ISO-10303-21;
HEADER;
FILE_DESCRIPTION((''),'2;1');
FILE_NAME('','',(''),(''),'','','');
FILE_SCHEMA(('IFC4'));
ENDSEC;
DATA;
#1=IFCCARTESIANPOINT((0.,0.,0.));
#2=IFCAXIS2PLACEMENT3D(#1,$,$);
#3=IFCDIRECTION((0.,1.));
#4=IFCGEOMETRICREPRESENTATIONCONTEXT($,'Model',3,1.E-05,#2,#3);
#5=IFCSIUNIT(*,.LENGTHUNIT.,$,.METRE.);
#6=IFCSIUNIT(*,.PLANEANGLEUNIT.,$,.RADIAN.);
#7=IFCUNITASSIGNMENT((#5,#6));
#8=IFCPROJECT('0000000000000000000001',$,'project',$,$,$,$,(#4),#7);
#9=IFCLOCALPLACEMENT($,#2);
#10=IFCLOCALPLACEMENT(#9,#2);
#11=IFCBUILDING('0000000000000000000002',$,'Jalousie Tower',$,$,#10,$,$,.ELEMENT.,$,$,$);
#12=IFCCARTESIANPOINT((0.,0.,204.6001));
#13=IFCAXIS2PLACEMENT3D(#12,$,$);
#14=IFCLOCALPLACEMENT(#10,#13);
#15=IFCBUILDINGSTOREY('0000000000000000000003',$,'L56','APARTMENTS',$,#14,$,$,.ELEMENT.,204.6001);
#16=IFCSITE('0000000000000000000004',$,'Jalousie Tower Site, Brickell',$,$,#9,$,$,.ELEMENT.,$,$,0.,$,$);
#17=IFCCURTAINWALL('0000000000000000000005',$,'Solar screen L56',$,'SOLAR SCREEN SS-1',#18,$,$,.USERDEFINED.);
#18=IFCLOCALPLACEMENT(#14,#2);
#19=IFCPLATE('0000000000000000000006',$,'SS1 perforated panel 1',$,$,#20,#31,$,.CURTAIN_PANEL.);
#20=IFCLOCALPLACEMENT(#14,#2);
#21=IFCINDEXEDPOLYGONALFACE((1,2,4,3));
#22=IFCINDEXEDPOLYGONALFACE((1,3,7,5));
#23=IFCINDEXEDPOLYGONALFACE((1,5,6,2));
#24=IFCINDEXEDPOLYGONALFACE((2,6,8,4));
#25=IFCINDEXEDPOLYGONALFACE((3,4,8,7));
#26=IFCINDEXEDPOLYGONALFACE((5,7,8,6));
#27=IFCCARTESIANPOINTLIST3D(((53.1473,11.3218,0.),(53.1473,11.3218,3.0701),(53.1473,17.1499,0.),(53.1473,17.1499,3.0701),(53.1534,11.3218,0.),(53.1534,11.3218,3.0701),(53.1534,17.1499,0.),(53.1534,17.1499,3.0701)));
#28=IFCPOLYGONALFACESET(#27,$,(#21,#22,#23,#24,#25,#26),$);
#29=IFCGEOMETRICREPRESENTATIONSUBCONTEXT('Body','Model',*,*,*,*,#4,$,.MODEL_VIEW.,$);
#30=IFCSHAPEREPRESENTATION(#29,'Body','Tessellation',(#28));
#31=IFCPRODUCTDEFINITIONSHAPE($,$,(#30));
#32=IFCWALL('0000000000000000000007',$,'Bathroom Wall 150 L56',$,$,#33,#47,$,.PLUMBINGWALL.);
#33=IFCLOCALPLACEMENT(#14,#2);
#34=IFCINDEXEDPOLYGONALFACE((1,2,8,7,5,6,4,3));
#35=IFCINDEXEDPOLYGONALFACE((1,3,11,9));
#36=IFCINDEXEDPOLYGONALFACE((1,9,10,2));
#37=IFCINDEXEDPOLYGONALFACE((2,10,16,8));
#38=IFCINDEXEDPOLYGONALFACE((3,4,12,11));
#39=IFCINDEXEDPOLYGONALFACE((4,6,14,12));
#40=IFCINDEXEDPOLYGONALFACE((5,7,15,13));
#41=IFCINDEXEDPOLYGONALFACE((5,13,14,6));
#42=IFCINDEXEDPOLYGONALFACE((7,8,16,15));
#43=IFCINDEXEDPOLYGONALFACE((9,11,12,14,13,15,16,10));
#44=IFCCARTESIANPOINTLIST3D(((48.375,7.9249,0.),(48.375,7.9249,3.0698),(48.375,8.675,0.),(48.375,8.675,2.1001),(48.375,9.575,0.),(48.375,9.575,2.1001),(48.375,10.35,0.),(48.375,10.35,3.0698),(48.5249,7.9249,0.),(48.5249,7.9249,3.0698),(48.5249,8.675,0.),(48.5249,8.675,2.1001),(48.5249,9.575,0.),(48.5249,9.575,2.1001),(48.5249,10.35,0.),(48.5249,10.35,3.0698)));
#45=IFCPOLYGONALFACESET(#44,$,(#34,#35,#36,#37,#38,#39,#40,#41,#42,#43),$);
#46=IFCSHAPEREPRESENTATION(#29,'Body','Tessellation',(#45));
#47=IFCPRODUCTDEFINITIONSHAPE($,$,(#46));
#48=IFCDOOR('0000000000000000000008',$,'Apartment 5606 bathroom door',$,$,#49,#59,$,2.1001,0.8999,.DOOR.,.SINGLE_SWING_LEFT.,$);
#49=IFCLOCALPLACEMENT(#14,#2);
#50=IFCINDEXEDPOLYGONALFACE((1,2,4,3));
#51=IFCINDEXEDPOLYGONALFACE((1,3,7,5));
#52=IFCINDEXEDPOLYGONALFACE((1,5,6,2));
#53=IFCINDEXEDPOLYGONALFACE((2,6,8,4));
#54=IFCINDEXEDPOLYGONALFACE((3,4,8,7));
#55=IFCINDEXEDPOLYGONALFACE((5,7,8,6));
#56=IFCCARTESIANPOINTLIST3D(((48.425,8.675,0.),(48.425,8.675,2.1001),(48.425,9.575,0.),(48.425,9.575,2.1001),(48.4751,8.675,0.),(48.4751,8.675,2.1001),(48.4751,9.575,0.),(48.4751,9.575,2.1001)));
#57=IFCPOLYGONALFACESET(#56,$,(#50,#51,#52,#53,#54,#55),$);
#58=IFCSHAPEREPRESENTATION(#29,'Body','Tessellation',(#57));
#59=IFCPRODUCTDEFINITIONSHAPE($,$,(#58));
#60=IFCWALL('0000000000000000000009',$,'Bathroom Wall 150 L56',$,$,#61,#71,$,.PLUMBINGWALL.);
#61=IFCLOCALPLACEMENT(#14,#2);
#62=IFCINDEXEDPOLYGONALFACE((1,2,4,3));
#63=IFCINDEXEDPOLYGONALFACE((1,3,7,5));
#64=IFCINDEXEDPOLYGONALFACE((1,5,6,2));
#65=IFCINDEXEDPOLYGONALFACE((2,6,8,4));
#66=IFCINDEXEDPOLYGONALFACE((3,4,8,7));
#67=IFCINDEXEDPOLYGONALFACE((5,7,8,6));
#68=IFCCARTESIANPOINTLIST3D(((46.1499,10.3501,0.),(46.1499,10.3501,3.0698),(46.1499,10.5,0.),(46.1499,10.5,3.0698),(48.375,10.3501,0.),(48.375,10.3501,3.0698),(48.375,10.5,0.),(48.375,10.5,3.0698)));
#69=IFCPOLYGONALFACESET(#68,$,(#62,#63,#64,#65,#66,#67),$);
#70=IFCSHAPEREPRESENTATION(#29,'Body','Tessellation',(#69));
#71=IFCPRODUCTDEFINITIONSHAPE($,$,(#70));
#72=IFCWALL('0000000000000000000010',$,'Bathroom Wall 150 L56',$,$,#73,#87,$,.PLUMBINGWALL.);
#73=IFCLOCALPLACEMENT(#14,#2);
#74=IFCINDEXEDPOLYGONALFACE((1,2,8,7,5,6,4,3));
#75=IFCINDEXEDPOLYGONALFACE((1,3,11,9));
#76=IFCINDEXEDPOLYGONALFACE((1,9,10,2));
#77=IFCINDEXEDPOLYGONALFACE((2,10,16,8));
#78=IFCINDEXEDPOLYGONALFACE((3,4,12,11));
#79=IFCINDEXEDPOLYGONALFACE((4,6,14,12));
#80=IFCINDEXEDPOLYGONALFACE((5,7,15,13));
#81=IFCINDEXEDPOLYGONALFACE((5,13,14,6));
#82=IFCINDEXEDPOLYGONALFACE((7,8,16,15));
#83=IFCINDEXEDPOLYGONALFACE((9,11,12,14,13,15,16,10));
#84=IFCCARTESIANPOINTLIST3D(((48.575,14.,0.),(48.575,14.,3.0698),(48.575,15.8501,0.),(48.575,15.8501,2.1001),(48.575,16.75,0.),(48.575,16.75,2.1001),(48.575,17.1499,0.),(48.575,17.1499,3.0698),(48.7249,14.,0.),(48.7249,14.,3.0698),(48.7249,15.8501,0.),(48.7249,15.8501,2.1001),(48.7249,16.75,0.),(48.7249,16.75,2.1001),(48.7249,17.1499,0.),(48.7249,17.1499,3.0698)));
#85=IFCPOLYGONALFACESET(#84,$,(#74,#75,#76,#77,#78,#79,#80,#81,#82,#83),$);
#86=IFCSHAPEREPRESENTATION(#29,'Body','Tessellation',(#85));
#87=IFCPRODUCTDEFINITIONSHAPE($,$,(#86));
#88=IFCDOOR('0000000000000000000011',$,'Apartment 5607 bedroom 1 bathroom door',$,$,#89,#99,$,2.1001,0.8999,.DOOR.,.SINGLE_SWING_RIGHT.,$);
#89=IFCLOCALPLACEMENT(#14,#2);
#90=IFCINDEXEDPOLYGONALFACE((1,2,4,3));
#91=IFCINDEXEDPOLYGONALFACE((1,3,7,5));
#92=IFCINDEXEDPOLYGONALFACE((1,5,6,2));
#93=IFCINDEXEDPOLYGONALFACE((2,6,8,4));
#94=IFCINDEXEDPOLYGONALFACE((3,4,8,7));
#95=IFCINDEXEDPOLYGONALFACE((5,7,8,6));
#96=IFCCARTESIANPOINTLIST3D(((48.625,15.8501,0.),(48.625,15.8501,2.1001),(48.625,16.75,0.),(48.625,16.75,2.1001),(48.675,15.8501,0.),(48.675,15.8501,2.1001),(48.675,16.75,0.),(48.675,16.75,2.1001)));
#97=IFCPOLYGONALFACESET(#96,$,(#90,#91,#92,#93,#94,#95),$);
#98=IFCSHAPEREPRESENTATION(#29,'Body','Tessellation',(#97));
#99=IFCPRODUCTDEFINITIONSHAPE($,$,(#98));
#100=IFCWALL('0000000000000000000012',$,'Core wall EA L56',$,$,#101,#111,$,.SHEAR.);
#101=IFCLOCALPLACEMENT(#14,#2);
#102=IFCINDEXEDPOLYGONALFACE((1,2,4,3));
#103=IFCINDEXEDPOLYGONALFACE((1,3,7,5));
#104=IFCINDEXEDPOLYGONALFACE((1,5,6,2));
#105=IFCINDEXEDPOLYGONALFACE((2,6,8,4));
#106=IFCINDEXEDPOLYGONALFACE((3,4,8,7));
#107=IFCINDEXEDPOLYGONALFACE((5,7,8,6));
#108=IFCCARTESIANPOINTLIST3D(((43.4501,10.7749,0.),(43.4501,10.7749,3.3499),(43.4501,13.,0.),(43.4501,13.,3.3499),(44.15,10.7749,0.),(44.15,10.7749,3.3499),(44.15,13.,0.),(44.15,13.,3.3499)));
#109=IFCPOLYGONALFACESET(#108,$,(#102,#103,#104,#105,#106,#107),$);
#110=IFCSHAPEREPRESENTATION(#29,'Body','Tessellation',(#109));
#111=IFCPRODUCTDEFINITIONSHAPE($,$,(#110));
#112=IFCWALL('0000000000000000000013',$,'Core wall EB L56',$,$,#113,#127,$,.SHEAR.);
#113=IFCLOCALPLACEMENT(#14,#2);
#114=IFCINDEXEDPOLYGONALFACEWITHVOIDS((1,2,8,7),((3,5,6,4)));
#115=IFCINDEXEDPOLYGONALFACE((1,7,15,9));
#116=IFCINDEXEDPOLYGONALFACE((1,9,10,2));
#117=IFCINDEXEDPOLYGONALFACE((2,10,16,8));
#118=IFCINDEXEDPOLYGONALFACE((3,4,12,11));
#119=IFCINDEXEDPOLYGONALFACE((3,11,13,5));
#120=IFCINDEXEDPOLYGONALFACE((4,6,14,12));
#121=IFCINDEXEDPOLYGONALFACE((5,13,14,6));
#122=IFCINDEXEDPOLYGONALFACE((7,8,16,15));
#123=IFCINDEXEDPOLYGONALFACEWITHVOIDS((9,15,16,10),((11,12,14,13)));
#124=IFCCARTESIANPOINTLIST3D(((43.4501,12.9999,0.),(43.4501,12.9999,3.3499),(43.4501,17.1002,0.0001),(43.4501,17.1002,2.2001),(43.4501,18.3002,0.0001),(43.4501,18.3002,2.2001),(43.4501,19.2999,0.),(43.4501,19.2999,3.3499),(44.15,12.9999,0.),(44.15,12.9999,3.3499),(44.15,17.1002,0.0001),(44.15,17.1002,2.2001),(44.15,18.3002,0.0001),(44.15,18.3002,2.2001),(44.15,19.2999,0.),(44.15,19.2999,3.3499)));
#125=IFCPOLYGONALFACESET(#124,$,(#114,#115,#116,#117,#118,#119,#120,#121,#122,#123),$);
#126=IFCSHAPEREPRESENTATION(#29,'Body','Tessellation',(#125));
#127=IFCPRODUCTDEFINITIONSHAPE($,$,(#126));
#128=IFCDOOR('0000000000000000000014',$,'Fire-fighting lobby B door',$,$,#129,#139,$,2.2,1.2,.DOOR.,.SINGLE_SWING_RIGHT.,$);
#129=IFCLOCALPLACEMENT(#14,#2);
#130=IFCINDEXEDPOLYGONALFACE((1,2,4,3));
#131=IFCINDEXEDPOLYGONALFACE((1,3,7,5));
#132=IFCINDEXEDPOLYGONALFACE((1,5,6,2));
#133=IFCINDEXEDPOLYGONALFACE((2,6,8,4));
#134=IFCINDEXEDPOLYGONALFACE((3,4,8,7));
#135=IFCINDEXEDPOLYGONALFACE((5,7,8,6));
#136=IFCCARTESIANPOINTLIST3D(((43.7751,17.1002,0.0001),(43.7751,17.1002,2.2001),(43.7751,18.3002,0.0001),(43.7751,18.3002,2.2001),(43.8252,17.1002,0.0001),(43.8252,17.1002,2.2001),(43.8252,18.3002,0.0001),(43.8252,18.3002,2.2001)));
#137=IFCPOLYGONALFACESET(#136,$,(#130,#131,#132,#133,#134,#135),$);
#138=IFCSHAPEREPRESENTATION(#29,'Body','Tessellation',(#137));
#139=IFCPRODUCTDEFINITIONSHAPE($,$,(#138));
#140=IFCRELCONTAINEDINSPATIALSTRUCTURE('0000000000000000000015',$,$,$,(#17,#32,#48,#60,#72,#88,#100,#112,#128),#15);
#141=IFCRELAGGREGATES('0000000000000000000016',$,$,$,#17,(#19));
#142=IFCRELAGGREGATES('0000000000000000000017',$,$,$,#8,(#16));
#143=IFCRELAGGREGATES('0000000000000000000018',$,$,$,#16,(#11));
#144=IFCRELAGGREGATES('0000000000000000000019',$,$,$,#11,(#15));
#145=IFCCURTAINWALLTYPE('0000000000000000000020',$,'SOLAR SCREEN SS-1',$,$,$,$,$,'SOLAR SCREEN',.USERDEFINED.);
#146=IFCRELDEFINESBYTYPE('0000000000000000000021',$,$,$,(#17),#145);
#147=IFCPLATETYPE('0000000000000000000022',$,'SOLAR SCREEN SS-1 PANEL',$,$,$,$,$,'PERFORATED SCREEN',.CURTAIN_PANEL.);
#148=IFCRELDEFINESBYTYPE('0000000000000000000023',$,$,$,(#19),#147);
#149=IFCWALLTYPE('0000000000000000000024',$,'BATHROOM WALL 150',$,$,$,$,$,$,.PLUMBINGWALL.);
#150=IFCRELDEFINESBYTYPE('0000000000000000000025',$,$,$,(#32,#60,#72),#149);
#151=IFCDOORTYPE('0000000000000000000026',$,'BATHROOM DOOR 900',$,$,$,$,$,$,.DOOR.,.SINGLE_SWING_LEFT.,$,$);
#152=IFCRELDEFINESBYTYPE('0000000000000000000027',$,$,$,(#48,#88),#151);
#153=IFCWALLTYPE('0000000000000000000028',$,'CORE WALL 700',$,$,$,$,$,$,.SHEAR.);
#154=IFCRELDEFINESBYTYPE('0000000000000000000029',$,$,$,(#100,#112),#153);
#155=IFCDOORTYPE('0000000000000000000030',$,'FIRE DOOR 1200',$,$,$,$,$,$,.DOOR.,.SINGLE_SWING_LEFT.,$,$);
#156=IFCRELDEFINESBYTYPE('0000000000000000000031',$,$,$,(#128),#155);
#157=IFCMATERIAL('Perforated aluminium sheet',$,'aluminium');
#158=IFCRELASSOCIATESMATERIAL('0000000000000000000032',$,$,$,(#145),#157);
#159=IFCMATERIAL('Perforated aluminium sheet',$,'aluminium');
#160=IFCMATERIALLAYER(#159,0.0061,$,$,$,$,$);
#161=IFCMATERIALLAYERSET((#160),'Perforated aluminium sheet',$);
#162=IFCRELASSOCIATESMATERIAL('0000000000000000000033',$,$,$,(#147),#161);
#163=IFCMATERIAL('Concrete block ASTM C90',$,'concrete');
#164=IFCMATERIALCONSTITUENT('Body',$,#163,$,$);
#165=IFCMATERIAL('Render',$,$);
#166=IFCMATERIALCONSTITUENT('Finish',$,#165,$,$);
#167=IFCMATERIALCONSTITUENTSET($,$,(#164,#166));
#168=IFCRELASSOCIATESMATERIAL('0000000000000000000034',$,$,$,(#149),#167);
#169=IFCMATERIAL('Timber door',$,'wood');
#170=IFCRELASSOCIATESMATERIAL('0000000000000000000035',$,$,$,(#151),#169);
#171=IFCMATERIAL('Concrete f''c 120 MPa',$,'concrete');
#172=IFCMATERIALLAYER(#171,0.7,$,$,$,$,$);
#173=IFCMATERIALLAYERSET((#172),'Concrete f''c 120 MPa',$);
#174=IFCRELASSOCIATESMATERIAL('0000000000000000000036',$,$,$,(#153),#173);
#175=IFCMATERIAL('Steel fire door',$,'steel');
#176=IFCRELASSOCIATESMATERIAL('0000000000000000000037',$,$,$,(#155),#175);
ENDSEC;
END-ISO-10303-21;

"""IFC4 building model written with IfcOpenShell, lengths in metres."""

from ifc_helpers import new_model, si_unit, direction, frame, frame_2d, origin, origin_2d, place, context, subcontext, project, spatial, rectangle, extrude, material, layer, layer_set, constituent, constituent_set, type_object, element, fill, aggregate, save


model = new_model("IFC4")

# Units and contexts
model_context = context("Model", 3, precision=1e-05, world=origin(), true_north=direction((0.0, 1.0)))
body_context = subcontext(model_context, "Body", "Model", "MODEL_VIEW")
ifc_project = project(units=[si_unit("LENGTHUNIT", "METRE"), si_unit("PLANEANGLEUNIT", "RADIAN")], contexts=[model_context])

# Site, building, storey
site_placement = place(None, origin())
site = spatial("IfcSite", under=ifc_project, at=site_placement, Name="Jalousie Tower Site, Brickell", CompositionType="ELEMENT", RefElevation=0.0)
building_placement = place(site_placement, origin())
building = spatial("IfcBuilding", under=site, at=building_placement, Name="Jalousie Tower", CompositionType="ELEMENT")
storey_placement = place(building_placement, frame((0.0, 0.0, 204.6001)))
storey = spatial("IfcBuildingStorey", under=building, at=storey_placement, Name="L56", Description="APARTMENTS", CompositionType="ELEMENT", Elevation=204.6001)

# Shared definitions
ifc_material_1 = material(Name="Perforated aluminium sheet", Category="aluminium")
curtain_wall_type = type_object("IfcCurtainWallType", Name="SOLAR SCREEN SS-1", ElementType="SOLAR SCREEN", PredefinedType="USERDEFINED", material=ifc_material_1)

# Curtain wall
curtain_wall_1_placement = place(storey_placement, origin())
curtain_wall_1 = element("IfcCurtainWall", 1, at=curtain_wall_1_placement, inside=storey, type_object=curtain_wall_type, Name="Solar screen L56", ObjectType="SOLAR SCREEN SS-1", PredefinedType="USERDEFINED")

# Plate
ifc_material_2 = material(Name="Perforated aluminium sheet", Category="aluminium")
ifc_layer_1 = layer(ifc_material_2, 0.0061)
ifc_layer_set_1 = layer_set([ifc_layer_1], Name="Perforated aluminium sheet")
plate_type = type_object("IfcPlateType", Name="SOLAR SCREEN SS-1 PANEL", ElementType="PERFORATED SCREEN", PredefinedType="CURTAIN_PANEL", material=ifc_layer_set_1)
plate_1_placement = place(storey_placement, frame((53.1504, 14.2358, 0.0), z_axis=(0.0, 0.0, 1.0), x_axis=(0.0, 1.0, 0.0)))
plate_1 = element("IfcPlate", 2, at=plate_1_placement, type_object=plate_type, Name="SS1 perforated panel 1", PredefinedType="CURTAIN_PANEL", context=body_context, shape_type="SweptSolid", body=[
    extrude(rectangle(XDim=5.8281, YDim=0.0061, at=origin_2d()), origin(), (0.0, 0.0, 1.0), 3.0701),
])
aggregate(curtain_wall_1, [plate_1])

# Wall, opening, door
ifc_material_3 = material(Name="Concrete block ASTM C90", Category="concrete")
ifc_constituent_1 = constituent(ifc_material_3, Name="Body")
ifc_material_4 = material(Name="Render")
ifc_constituent_2 = constituent(ifc_material_4, Name="Finish")
ifc_constituent_set_1 = constituent_set(constituents=[ifc_constituent_1, ifc_constituent_2])
wall_type_1 = type_object("IfcWallType", Name="BATHROOM WALL 150", PredefinedType="PLUMBINGWALL", material=ifc_constituent_set_1)
wall_1_placement = place(storey_placement, frame((48.45, 7.925, 0.0), z_axis=(0.0, 0.0, 1.0), x_axis=(0.0, 1.0, 0.0)))
wall_1 = element("IfcWall", 3, at=wall_1_placement, inside=storey, type_object=wall_type_1, Name="Bathroom Wall 150 L56", PredefinedType="PLUMBINGWALL", context=body_context, shape_type="SweptSolid", body=[
    extrude(rectangle(XDim=2.425, YDim=0.1499, at=frame_2d((1.2124, 0.0))), origin(), (0.0, 0.0, 1.0), 3.0698),
])
opening_1_placement = place(wall_1_placement, frame((0.75, 0.0, 0.0)))
opening_1 = element("IfcOpeningElement", 4, at=opening_1_placement, cuts=wall_1, PredefinedType="OPENING", context=body_context, shape_type="SweptSolid", body=[
    extrude(rectangle(XDim=0.8999, YDim=2.1001, at=frame_2d((0.45, 1.05))), frame((0.0, 0.085, 0.0), z_axis=(0.0, -1.0, 0.0), x_axis=(1.0, 0.0, 0.0)), (0.0, 0.0, 1.0), 0.1699),
])
ifc_material_5 = material(Name="Timber door", Category="wood")
door_type_1 = type_object("IfcDoorType", Name="BATHROOM DOOR 900", OperationType="SINGLE_SWING_LEFT", PredefinedType="DOOR", material=ifc_material_5)
door_1_placement = place(opening_1_placement, origin())
door_1 = element("IfcDoor", 5, at=door_1_placement, inside=storey, type_object=door_type_1, Name="Apartment 5606 bathroom door", OperationType="SINGLE_SWING_LEFT", OverallHeight=2.1001, OverallWidth=0.8999, PredefinedType="DOOR", context=body_context, shape_type="SweptSolid", body=[
    extrude(rectangle(XDim=0.8999, YDim=2.1001, at=frame_2d((0.45, 1.05))), frame((0.0, 0.0249, 0.0), z_axis=(0.0, -1.0, 0.0), x_axis=(1.0, 0.0, 0.0)), (0.0, 0.0, 1.0), 0.05),
])
fill(opening_1, door_1)

# Wall
wall_2_placement = place(storey_placement, frame((48.375, 10.425, 0.0), z_axis=(0.0, 0.0, 1.0), x_axis=(-1.0, 0.0, 0.0)))
element("IfcWall", 6, at=wall_2_placement, inside=storey, type_object=wall_type_1, Name="Bathroom Wall 150 L56", PredefinedType="PLUMBINGWALL", context=body_context, shape_type="SweptSolid", body=[
    extrude(rectangle(XDim=2.2251, YDim=0.1499, at=frame_2d((1.1125, 0.0))), origin(), (0.0, 0.0, 1.0), 3.0698),
])

# Wall, opening, door
wall_3_placement = place(storey_placement, frame((48.6499, 14.0, 0.0), z_axis=(0.0, 0.0, 1.0), x_axis=(0.0, 1.0, 0.0)))
wall_3 = element("IfcWall", 7, at=wall_3_placement, inside=storey, type_object=wall_type_1, Name="Bathroom Wall 150 L56", PredefinedType="PLUMBINGWALL", context=body_context, shape_type="SweptSolid", body=[
    extrude(rectangle(XDim=3.1499, YDim=0.1499, at=frame_2d((1.575, 0.0))), origin(), (0.0, 0.0, 1.0), 3.0698),
])
opening_2_placement = place(wall_3_placement, frame((1.8501, 0.0, 0.0)))
opening_2 = element("IfcOpeningElement", 8, at=opening_2_placement, cuts=wall_3, PredefinedType="OPENING", context=body_context, shape_type="SweptSolid", body=[
    extrude(rectangle(XDim=0.8999, YDim=2.1001, at=frame_2d((0.45, 1.05))), frame((0.0, 0.085, 0.0), z_axis=(0.0, -1.0, 0.0), x_axis=(1.0, 0.0, 0.0)), (0.0, 0.0, 1.0), 0.1699),
])
door_2_placement = place(opening_2_placement, origin())
door_2 = element("IfcDoor", 9, at=door_2_placement, inside=storey, type_object=door_type_1, Name="Apartment 5607 bedroom 1 bathroom door", OperationType="SINGLE_SWING_RIGHT", OverallHeight=2.1001, OverallWidth=0.8999, PredefinedType="DOOR", context=body_context, shape_type="SweptSolid", body=[
    extrude(rectangle(XDim=0.8999, YDim=2.1001, at=frame_2d((0.45, 1.05))), frame((0.0, 0.0249, 0.0), z_axis=(0.0, -1.0, 0.0), x_axis=(1.0, 0.0, 0.0)), (0.0, 0.0, 1.0), 0.05),
])
fill(opening_2, door_2)

# Wall
ifc_material_6 = material(Name="Concrete f'c 120 MPa", Category="concrete")
ifc_layer_2 = layer(ifc_material_6, 0.7)
ifc_layer_set_2 = layer_set([ifc_layer_2], Name="Concrete f'c 120 MPa")
wall_type_2 = type_object("IfcWallType", Name="CORE WALL 700", PredefinedType="SHEAR", material=ifc_layer_set_2)
wall_4_placement = place(storey_placement, frame((43.8, 10.7749, 0.0), z_axis=(0.0, 0.0, 1.0), x_axis=(0.0, 1.0, 0.0)))
element("IfcWall", 10, at=wall_4_placement, inside=storey, type_object=wall_type_2, Name="Core wall EA L56", PredefinedType="SHEAR", context=body_context, shape_type="SweptSolid", body=[
    extrude(rectangle(XDim=2.2251, YDim=0.7, at=frame_2d((1.1125, 0.0))), origin(), (0.0, 0.0, 1.0), 3.3499),
])

# Wall, opening, door
wall_5_placement = place(storey_placement, frame((43.8, 13.0, 0.0), z_axis=(0.0, 0.0, 1.0), x_axis=(0.0, 1.0, 0.0)))
wall_5 = element("IfcWall", 11, at=wall_5_placement, inside=storey, type_object=wall_type_2, Name="Core wall EB L56", PredefinedType="SHEAR", context=body_context, shape_type="SweptSolid", body=[
    extrude(rectangle(XDim=6.3, YDim=0.7, at=frame_2d((3.1499, 0.0))), origin(), (0.0, 0.0, 1.0), 3.3499),
])
opening_3_placement = place(wall_5_placement, frame((4.1001, 0.0, 0.0)))
opening_3 = element("IfcOpeningElement", 12, at=opening_3_placement, cuts=wall_5, PredefinedType="OPENING", context=body_context, shape_type="SweptSolid", body=[
    extrude(rectangle(XDim=1.2, YDim=2.2, at=frame_2d((0.6001, 1.1001))), frame((0.0, 0.3599, 0.0), z_axis=(0.0, -1.0, 0.0), x_axis=(1.0, 0.0, 0.0)), (0.0, 0.0, 1.0), 0.72),
])
ifc_material_7 = material(Name="Steel fire door", Category="steel")
door_type_2 = type_object("IfcDoorType", Name="FIRE DOOR 1200", OperationType="SINGLE_SWING_LEFT", PredefinedType="DOOR", material=ifc_material_7)
door_3_placement = place(opening_3_placement, origin())
door_3 = element("IfcDoor", 13, at=door_3_placement, inside=storey, type_object=door_type_2, Name="Fire-fighting lobby B door", OperationType="SINGLE_SWING_RIGHT", OverallHeight=2.2, OverallWidth=1.2, PredefinedType="DOOR", context=body_context, shape_type="SweptSolid", body=[
    extrude(rectangle(XDim=1.2, YDim=2.2, at=frame_2d((0.6001, 1.1001))), frame((0.0, 0.0249, 0.0), z_axis=(0.0, -1.0, 0.0), x_axis=(1.0, 0.0, 0.0)), (0.0, 0.0, 1.0), 0.05),
])
fill(opening_3, door_3)

save(model, "model.ifc")
